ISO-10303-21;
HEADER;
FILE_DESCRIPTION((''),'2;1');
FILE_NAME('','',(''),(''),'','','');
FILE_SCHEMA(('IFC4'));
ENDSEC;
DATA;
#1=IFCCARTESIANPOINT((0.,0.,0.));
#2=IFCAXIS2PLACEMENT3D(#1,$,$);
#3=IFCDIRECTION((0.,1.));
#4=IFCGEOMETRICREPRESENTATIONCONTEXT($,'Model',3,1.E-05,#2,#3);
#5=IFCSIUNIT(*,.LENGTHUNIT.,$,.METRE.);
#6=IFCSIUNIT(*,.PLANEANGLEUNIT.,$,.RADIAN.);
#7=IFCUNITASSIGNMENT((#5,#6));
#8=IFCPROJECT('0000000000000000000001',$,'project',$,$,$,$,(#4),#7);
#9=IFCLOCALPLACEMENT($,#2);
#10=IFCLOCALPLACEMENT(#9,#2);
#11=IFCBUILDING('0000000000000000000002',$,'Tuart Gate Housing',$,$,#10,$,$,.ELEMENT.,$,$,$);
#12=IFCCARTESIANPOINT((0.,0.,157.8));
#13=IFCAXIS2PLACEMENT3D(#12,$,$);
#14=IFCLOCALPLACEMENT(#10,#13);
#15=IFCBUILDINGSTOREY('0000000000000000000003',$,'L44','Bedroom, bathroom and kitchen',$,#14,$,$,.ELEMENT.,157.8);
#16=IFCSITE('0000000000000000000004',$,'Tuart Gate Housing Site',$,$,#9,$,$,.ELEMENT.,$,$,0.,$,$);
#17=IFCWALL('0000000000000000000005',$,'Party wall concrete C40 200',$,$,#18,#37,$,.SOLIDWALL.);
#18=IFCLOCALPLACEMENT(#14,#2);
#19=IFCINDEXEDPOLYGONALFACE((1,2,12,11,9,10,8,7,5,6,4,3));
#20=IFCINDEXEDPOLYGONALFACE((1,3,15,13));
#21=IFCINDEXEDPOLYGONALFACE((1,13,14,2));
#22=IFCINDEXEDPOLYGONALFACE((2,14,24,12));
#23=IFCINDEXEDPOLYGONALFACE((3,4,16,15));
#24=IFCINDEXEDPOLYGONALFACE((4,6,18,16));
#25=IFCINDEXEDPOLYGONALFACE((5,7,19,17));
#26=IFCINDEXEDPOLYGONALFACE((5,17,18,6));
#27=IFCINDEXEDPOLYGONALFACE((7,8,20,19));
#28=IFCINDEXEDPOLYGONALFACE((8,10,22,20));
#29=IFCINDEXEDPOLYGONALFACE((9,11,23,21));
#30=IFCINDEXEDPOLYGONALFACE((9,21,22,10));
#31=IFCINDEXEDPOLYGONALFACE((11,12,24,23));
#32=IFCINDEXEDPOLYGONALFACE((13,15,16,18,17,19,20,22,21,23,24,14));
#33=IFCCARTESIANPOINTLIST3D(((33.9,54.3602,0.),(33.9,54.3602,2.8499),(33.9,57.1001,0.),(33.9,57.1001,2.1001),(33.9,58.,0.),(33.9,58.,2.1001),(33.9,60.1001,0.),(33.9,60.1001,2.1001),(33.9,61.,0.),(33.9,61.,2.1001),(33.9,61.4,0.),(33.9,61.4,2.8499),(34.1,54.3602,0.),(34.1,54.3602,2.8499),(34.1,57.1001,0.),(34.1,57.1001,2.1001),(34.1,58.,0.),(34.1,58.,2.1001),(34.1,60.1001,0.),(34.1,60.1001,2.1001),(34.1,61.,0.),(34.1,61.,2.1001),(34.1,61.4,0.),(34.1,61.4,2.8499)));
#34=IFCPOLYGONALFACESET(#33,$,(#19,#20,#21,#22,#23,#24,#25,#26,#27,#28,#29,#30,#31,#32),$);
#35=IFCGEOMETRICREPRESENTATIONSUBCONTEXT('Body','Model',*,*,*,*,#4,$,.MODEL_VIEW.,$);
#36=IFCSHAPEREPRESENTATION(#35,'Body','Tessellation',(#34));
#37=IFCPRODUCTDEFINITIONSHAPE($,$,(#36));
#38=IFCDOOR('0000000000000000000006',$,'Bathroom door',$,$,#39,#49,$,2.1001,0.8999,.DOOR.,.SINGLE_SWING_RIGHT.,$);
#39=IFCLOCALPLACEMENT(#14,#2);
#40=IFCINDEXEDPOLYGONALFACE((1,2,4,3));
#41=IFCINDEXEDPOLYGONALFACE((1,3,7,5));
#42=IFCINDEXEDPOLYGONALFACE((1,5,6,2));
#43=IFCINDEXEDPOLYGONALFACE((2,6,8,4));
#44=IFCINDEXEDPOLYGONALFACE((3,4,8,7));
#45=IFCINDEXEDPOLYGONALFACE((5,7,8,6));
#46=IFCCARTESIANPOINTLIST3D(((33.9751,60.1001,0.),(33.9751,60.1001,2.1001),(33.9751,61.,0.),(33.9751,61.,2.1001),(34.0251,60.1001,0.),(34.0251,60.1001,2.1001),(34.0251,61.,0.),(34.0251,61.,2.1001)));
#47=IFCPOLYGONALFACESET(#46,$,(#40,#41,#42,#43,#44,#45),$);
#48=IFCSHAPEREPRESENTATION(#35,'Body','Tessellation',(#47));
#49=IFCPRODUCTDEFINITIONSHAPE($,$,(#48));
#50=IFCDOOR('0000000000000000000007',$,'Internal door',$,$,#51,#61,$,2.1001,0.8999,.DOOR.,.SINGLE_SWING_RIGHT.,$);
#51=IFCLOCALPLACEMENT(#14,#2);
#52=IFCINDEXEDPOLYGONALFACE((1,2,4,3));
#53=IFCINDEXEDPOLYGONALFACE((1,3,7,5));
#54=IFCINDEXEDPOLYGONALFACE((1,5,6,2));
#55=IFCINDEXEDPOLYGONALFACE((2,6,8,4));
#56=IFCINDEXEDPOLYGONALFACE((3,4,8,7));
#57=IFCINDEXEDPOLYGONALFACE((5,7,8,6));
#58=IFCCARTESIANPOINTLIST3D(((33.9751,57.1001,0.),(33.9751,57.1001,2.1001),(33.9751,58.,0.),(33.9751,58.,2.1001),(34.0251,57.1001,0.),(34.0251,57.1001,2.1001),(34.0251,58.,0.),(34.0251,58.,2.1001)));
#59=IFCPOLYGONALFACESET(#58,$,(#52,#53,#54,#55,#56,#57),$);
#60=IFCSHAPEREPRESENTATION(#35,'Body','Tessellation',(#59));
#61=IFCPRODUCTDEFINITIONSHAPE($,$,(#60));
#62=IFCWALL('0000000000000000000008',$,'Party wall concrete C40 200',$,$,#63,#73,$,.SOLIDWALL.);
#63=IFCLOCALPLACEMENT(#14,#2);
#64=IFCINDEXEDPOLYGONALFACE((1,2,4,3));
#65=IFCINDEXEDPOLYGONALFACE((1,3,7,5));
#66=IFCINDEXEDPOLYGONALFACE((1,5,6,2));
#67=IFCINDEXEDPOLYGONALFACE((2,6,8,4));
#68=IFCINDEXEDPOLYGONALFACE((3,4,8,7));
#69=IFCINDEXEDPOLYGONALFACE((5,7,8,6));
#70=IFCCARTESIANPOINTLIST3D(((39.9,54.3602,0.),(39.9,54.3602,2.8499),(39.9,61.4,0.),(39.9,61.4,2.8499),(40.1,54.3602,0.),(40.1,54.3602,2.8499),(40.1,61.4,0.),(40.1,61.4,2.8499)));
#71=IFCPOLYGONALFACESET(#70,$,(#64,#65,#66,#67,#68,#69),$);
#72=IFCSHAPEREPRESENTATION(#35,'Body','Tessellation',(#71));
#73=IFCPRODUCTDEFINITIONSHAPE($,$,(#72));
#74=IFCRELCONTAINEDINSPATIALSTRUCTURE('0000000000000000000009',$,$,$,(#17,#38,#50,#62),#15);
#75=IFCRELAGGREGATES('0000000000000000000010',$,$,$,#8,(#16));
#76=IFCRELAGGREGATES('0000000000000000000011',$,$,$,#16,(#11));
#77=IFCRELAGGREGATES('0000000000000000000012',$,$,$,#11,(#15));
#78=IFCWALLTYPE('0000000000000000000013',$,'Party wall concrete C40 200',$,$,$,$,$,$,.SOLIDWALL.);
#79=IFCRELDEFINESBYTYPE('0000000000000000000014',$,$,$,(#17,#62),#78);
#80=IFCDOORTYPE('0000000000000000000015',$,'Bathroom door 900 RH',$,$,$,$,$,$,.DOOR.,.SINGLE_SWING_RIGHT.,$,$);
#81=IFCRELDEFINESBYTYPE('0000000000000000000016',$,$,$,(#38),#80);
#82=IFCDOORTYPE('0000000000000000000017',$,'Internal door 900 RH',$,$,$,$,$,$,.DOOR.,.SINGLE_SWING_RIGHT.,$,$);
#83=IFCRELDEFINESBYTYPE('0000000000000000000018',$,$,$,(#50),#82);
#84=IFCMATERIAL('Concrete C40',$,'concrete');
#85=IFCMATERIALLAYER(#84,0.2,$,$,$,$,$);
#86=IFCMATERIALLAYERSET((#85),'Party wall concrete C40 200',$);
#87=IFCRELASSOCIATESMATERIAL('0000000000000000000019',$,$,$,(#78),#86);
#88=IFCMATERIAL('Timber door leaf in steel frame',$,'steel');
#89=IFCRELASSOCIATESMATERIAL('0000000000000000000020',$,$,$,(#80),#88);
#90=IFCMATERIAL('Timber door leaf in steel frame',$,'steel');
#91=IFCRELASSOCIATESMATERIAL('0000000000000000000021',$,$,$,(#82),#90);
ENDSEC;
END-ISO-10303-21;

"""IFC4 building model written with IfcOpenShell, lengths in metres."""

from ifc_helpers import new_model, si_unit, direction, frame, frame_2d, origin, place, context, subcontext, project, spatial, rectangle, extrude, material, layer, layer_set, type_object, element, fill, save


model = new_model("IFC4")

# Units and contexts
model_context = context("Model", 3, precision=1e-05, world=origin(), true_north=direction((0.0, 1.0)))
body_context = subcontext(model_context, "Body", "Model", "MODEL_VIEW")
ifc_project = project(units=[si_unit("LENGTHUNIT", "METRE"), si_unit("PLANEANGLEUNIT", "RADIAN")], contexts=[model_context])

# Site, building, storey
site_placement = place(None, origin())
site = spatial("IfcSite", under=ifc_project, at=site_placement, Name="Tuart Gate Housing Site", CompositionType="ELEMENT", RefElevation=0.0)
building_placement = place(site_placement, origin())
building = spatial("IfcBuilding", under=site, at=building_placement, Name="Tuart Gate Housing", CompositionType="ELEMENT")
storey_placement = place(building_placement, frame((0.0, 0.0, 157.8)))
storey = spatial("IfcBuildingStorey", under=building, at=storey_placement, Name="L44", Description="Bedroom, bathroom and kitchen", CompositionType="ELEMENT", Elevation=157.8)

# Wall, openings, doors
ifc_material_1 = material(Name="Concrete C40", Category="concrete")
ifc_layer = layer(ifc_material_1, 0.2)
ifc_layer_set = layer_set([ifc_layer], Name="Party wall concrete C40 200")
wall_type = type_object("IfcWallType", Name="Party wall concrete C40 200", PredefinedType="SOLIDWALL", material=ifc_layer_set)
wall_1_placement = place(storey_placement, frame((34.0, 54.3601, 0.0), z_axis=(0.0, 0.0, 1.0), x_axis=(0.0, 1.0, 0.0)))
wall_1 = element("IfcWall", 1, at=wall_1_placement, inside=storey, type_object=wall_type, Name="Party wall concrete C40 200", PredefinedType="SOLIDWALL", context=body_context, shape_type="SweptSolid", body=[
    extrude(rectangle(XDim=7.0398, YDim=0.2, at=frame_2d((3.52, 0.0))), origin(), (0.0, 0.0, 1.0), 2.8499),
])
opening_1_placement = place(wall_1_placement, frame((2.74, 0.0, 0.0)))
opening_1 = element("IfcOpeningElement", 2, at=opening_1_placement, cuts=wall_1, PredefinedType="OPENING", context=body_context, shape_type="SweptSolid", body=[
    extrude(rectangle(XDim=0.8999, YDim=2.1001, at=frame_2d((0.45, 1.05))), frame((0.0, 0.1099, 0.0), z_axis=(0.0, -1.0, 0.0), x_axis=(1.0, 0.0, 0.0)), (0.0, 0.0, 1.0), 0.22),
])
opening_2_placement = place(wall_1_placement, frame((5.74, 0.0, 0.0)))
opening_2 = element("IfcOpeningElement", 3, at=opening_2_placement, cuts=wall_1, PredefinedType="OPENING", context=body_context, shape_type="SweptSolid", body=[
    extrude(rectangle(XDim=0.8999, YDim=2.1001, at=frame_2d((0.45, 1.05))), frame((0.0, 0.1099, 0.0), z_axis=(0.0, -1.0, 0.0), x_axis=(1.0, 0.0, 0.0)), (0.0, 0.0, 1.0), 0.22),
])
ifc_material_2 = material(Name="Timber door leaf in steel frame", Category="steel")
door_type_1 = type_object("IfcDoorType", Name="Bathroom door 900 RH", OperationType="SINGLE_SWING_RIGHT", PredefinedType="DOOR", material=ifc_material_2)
door_1_placement = place(opening_2_placement, origin())
door_1 = element("IfcDoor", 4, at=door_1_placement, inside=storey, type_object=door_type_1, Name="Bathroom door", OperationType="SINGLE_SWING_RIGHT", OverallHeight=2.1001, OverallWidth=0.8999, PredefinedType="DOOR", context=body_context, shape_type="SweptSolid", body=[
    extrude(rectangle(XDim=0.8999, YDim=2.1001, at=frame_2d((0.45, 1.05))), frame((0.0, 0.0249, 0.0), z_axis=(0.0, -1.0, 0.0), x_axis=(1.0, 0.0, 0.0)), (0.0, 0.0, 1.0), 0.05),
])
fill(opening_2, door_1)
ifc_material_3 = material(Name="Timber door leaf in steel frame", Category="steel")
door_type_2 = type_object("IfcDoorType", Name="Internal door 900 RH", OperationType="SINGLE_SWING_RIGHT", PredefinedType="DOOR", material=ifc_material_3)
door_2_placement = place(opening_1_placement, origin())
door_2 = element("IfcDoor", 5, at=door_2_placement, inside=storey, type_object=door_type_2, Name="Internal door", OperationType="SINGLE_SWING_RIGHT", OverallHeight=2.1001, OverallWidth=0.8999, PredefinedType="DOOR", context=body_context, shape_type="SweptSolid", body=[
    extrude(rectangle(XDim=0.8999, YDim=2.1001, at=frame_2d((0.45, 1.05))), frame((0.0, 0.0249, 0.0), z_axis=(0.0, -1.0, 0.0), x_axis=(1.0, 0.0, 0.0)), (0.0, 0.0, 1.0), 0.05),
])
fill(opening_1, door_2)

# Wall
wall_2_placement = place(storey_placement, frame((40.0, 54.3601, 0.0), z_axis=(0.0, 0.0, 1.0), x_axis=(0.0, 1.0, 0.0)))
element("IfcWall", 6, at=wall_2_placement, inside=storey, type_object=wall_type, Name="Party wall concrete C40 200", PredefinedType="SOLIDWALL", context=body_context, shape_type="SweptSolid", body=[
    extrude(rectangle(XDim=7.0398, YDim=0.2, at=frame_2d((3.52, 0.0))), origin(), (0.0, 0.0, 1.0), 2.8499),
])

save(model, "model.ifc")
